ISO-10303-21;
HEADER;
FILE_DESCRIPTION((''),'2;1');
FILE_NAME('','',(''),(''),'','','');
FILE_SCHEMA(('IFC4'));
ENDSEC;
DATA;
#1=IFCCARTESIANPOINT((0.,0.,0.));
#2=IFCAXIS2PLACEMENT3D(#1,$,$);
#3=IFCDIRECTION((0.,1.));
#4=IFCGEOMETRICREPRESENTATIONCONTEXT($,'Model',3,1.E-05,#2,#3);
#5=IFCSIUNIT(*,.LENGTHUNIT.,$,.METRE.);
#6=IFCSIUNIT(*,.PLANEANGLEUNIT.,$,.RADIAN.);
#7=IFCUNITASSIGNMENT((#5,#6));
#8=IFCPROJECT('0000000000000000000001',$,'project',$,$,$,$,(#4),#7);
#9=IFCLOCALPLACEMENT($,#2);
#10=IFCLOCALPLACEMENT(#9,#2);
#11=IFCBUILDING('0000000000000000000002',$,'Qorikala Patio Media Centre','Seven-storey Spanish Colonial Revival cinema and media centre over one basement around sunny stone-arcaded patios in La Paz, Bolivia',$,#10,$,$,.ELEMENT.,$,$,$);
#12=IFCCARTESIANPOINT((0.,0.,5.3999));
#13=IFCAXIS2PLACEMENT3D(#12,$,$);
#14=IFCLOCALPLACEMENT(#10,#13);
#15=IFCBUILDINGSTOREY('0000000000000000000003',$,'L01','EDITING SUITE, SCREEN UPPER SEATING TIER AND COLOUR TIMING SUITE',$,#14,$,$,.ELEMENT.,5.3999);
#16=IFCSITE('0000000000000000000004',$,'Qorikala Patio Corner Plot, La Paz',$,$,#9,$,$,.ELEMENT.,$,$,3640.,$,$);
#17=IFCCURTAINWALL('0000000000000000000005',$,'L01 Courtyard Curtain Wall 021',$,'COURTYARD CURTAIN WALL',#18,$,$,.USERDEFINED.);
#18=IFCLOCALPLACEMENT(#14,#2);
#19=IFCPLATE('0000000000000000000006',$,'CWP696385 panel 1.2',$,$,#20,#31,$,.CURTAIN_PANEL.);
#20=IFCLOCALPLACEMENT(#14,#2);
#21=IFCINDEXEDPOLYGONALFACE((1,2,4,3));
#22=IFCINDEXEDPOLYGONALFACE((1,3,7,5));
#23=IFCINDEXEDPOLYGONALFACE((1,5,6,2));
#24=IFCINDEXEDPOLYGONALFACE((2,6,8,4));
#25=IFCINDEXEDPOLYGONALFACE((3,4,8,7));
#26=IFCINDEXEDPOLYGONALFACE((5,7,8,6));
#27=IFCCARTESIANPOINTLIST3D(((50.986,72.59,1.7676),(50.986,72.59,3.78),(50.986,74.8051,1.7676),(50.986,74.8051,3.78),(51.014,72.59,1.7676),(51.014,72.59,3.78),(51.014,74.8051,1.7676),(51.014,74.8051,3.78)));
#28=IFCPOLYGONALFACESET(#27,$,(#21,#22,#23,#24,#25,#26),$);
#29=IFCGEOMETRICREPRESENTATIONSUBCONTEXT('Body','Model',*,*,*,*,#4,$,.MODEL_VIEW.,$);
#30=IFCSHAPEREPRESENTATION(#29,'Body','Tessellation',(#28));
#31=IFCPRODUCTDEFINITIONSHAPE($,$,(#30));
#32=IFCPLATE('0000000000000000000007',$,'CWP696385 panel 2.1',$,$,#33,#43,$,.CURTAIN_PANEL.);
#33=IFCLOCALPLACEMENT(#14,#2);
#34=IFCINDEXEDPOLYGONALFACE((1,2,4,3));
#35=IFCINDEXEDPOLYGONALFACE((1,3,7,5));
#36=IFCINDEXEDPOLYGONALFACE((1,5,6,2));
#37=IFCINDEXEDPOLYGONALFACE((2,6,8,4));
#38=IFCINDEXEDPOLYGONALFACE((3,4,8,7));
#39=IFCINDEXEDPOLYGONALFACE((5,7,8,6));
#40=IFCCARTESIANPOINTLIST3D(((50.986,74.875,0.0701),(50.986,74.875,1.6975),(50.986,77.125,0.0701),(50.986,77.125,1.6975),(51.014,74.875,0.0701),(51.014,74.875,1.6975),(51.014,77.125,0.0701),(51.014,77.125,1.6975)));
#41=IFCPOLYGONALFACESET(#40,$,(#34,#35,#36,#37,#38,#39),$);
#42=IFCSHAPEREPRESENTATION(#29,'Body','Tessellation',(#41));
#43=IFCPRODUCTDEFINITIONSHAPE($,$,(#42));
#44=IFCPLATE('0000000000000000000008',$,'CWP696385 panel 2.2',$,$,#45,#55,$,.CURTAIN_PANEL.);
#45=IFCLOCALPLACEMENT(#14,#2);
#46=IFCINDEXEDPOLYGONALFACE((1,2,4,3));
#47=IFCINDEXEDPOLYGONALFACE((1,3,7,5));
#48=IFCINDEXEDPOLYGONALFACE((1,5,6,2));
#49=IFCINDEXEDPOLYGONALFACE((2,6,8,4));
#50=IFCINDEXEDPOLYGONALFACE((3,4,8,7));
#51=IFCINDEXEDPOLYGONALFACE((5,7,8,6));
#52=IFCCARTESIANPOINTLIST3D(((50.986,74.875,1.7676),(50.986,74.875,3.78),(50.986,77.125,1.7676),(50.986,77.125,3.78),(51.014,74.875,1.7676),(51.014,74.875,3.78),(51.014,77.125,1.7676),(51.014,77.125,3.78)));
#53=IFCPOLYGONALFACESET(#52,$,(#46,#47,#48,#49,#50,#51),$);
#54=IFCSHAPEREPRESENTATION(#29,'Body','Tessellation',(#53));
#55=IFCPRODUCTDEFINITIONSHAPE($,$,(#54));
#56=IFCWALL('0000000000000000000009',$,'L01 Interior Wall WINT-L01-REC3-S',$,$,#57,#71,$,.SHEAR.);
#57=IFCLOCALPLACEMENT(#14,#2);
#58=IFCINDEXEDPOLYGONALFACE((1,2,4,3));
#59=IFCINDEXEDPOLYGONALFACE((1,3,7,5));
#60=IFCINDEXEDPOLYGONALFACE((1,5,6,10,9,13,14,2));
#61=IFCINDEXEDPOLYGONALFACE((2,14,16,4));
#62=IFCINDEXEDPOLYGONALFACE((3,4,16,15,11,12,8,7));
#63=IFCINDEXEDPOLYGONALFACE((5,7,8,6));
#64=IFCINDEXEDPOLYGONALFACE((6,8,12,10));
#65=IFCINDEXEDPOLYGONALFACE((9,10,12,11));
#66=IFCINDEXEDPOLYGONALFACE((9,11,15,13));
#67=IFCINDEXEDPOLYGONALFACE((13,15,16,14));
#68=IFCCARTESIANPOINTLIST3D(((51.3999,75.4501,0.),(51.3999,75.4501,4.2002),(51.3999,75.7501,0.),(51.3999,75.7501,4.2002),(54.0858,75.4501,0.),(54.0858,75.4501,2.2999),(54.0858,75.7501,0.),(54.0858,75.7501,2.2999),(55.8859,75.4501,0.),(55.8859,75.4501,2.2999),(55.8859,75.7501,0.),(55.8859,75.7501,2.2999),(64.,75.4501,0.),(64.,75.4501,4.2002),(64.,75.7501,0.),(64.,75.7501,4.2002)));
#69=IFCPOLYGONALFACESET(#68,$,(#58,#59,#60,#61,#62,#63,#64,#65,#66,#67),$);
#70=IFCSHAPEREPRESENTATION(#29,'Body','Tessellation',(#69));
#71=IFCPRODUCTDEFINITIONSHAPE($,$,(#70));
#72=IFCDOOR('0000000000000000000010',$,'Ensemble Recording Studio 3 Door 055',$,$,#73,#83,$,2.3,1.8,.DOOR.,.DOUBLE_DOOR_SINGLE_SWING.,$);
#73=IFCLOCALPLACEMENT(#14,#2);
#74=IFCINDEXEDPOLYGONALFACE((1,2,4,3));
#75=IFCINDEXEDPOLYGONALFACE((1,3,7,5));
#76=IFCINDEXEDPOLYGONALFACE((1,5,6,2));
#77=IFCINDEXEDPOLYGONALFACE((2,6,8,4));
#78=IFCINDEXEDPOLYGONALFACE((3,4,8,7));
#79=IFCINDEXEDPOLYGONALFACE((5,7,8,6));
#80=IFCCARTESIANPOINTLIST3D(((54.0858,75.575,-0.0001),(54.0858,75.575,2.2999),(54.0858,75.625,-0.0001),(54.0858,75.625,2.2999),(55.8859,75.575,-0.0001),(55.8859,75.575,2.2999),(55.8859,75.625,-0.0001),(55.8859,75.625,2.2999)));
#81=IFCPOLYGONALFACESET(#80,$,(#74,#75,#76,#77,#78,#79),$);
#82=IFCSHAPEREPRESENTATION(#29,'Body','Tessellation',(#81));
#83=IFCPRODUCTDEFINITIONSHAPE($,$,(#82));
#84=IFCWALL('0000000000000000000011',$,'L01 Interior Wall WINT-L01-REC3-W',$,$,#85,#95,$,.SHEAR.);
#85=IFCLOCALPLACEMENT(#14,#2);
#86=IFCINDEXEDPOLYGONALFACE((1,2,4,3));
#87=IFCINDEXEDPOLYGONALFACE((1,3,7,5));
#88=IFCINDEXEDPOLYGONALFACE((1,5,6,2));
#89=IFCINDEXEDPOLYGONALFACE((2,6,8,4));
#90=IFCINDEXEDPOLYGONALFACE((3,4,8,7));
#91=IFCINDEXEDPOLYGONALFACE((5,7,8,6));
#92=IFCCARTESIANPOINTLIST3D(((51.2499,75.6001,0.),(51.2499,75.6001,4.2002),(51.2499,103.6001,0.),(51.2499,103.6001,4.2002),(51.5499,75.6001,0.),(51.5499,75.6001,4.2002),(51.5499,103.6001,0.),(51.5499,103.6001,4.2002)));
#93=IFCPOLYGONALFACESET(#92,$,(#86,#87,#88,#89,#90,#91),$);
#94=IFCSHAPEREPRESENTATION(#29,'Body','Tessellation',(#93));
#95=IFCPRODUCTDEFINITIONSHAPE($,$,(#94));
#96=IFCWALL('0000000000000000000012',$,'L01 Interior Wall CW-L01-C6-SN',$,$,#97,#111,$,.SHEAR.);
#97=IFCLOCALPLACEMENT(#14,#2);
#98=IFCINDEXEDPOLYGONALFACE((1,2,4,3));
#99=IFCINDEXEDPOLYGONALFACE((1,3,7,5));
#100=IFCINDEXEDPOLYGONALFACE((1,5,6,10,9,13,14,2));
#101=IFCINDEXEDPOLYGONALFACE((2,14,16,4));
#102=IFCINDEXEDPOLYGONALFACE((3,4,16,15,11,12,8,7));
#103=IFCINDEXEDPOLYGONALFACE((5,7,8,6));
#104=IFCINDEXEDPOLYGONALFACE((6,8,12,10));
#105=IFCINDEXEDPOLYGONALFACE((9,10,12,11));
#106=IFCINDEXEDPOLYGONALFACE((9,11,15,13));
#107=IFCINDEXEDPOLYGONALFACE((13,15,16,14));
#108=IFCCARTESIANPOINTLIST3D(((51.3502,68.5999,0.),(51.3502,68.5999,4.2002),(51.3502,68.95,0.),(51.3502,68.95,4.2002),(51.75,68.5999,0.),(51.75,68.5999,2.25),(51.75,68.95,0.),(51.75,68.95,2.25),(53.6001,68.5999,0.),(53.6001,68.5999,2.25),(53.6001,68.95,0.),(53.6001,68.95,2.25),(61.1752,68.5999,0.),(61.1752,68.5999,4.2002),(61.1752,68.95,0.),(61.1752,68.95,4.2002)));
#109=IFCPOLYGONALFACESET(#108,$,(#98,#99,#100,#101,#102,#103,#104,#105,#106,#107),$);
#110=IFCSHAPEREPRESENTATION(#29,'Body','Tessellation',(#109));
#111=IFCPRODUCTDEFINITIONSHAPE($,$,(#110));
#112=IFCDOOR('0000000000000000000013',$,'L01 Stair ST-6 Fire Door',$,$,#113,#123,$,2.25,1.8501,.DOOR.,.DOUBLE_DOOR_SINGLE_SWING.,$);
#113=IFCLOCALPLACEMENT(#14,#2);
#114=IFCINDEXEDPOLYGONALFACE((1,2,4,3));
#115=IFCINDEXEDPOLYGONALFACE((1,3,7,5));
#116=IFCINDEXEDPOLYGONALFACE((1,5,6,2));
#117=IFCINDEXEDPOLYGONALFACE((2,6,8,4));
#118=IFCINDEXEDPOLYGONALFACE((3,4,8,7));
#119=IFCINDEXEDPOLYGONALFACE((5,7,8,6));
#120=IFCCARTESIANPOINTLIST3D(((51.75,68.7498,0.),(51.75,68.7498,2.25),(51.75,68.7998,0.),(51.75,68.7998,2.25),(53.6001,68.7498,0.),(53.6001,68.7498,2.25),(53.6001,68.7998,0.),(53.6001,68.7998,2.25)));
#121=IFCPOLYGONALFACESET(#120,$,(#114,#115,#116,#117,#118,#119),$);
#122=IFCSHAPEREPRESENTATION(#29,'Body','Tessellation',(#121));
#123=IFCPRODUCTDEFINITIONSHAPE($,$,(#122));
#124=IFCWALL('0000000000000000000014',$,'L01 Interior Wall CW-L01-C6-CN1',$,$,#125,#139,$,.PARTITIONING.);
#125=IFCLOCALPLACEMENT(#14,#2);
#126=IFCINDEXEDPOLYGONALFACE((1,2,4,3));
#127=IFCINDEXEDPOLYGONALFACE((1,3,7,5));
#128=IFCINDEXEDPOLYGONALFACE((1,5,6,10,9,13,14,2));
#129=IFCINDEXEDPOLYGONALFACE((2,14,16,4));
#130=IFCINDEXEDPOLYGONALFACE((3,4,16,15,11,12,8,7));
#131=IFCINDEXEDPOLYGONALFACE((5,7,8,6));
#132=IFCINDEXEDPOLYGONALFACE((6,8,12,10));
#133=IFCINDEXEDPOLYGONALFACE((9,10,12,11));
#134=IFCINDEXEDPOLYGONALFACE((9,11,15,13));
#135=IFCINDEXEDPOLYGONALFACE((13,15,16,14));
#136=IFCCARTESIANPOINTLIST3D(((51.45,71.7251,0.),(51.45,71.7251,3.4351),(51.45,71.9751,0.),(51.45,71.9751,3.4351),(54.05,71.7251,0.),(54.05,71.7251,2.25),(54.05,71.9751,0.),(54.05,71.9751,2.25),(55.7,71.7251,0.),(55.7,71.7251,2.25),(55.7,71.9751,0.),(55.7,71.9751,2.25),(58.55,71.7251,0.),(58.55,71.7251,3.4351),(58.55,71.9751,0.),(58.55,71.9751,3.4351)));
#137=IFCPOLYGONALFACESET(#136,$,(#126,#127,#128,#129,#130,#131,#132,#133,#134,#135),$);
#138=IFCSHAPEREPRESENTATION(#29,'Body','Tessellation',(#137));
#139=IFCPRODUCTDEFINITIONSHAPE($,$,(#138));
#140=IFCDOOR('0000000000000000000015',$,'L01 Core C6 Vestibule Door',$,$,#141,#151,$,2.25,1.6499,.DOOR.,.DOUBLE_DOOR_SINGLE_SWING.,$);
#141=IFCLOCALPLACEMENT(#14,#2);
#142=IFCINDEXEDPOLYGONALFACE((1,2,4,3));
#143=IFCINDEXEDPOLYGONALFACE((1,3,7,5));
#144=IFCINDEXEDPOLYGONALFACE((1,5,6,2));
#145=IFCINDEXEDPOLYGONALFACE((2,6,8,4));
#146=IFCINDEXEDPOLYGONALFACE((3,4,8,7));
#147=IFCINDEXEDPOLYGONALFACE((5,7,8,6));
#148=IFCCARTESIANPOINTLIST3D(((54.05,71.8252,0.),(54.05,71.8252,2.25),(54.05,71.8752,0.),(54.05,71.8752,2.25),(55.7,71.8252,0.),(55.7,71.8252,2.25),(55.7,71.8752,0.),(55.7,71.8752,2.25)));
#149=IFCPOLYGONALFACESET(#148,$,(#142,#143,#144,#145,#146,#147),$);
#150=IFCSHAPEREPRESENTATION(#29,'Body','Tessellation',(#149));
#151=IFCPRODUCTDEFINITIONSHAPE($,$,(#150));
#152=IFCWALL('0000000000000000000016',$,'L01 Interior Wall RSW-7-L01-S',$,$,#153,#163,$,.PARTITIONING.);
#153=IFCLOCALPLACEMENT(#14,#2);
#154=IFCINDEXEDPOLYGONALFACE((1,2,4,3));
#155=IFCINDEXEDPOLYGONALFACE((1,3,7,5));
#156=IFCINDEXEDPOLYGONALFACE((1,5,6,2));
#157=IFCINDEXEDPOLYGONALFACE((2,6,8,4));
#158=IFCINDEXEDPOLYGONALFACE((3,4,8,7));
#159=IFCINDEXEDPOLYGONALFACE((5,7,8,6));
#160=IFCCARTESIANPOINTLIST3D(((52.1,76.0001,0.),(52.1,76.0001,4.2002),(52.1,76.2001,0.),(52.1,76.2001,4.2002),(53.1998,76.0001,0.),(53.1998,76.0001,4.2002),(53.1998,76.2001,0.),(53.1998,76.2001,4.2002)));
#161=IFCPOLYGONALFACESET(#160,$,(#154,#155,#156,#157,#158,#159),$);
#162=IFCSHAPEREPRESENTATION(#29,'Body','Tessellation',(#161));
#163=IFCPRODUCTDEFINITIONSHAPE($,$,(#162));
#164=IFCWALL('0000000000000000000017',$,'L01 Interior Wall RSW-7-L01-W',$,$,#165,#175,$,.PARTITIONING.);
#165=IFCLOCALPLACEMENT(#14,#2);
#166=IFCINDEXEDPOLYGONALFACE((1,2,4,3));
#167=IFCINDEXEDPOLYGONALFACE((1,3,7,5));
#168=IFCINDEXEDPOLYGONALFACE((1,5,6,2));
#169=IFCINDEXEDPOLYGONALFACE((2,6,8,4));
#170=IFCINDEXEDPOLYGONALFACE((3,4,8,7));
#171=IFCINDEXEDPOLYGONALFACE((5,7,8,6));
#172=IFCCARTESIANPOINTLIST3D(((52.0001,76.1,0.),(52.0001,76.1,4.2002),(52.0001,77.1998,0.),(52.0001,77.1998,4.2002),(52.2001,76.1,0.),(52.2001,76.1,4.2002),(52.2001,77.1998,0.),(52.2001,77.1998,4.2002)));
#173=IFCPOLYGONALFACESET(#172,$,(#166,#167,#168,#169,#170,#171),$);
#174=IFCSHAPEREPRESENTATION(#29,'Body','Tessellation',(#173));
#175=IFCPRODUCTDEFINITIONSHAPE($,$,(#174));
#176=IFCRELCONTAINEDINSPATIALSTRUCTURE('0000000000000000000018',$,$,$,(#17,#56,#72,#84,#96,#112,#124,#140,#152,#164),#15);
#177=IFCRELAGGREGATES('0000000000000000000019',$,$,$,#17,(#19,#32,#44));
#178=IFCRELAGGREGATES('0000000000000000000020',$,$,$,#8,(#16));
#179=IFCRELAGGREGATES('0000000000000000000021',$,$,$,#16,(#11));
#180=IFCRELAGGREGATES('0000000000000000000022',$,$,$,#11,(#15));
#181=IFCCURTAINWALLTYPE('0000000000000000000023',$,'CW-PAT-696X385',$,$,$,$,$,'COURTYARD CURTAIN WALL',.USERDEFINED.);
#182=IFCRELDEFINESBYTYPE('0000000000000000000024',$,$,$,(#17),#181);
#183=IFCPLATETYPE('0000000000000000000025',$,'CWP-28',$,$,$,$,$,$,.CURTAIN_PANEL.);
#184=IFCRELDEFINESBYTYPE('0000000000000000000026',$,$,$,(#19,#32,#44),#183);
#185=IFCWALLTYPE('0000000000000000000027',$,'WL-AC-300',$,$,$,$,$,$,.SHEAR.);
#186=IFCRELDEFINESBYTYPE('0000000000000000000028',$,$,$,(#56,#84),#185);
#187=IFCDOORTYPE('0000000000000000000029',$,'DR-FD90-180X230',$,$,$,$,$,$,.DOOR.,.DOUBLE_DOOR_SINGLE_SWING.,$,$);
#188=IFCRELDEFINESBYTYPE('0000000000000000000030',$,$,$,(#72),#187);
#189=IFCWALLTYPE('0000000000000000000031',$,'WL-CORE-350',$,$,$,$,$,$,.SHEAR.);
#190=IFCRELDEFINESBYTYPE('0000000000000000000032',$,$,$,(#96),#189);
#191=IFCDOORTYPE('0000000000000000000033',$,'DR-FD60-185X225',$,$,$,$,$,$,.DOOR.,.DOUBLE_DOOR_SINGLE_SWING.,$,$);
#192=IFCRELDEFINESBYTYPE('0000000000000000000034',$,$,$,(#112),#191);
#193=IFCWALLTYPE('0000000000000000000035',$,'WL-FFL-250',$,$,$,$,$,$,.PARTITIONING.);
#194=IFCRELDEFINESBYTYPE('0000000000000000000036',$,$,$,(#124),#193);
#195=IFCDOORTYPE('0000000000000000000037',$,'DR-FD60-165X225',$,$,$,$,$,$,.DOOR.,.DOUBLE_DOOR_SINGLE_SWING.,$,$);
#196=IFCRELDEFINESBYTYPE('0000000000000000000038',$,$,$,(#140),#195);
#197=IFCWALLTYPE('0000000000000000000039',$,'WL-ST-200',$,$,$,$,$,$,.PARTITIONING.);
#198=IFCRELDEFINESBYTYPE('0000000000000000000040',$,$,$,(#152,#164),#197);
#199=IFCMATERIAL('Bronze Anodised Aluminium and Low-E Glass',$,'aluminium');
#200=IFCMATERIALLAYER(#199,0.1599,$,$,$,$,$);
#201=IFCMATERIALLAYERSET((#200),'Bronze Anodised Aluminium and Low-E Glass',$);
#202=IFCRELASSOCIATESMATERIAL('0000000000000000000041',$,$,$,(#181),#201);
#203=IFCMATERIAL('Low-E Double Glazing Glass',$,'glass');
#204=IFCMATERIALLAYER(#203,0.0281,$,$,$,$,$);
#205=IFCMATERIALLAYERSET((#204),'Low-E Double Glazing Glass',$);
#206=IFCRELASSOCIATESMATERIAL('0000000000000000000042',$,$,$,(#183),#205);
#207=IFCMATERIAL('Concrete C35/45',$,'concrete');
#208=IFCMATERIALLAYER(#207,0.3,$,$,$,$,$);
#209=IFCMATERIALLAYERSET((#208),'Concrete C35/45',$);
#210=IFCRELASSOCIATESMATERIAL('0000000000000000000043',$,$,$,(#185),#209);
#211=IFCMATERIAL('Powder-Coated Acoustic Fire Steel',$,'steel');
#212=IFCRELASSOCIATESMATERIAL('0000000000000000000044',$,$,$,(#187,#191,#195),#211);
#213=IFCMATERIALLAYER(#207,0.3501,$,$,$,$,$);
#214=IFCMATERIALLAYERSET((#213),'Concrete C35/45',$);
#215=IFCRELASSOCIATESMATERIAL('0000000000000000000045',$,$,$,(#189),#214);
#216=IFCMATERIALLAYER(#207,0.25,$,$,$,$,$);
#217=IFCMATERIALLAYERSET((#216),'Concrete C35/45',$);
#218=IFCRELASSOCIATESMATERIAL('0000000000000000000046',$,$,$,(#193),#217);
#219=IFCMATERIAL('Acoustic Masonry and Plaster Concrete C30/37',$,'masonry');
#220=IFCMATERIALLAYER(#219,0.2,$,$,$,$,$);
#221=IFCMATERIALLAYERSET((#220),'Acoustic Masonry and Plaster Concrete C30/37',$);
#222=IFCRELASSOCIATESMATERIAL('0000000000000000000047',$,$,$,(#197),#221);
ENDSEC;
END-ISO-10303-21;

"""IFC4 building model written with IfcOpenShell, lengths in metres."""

from ifc_helpers import new_model, si_unit, direction, frame, frame_2d, origin, origin_2d, place, context, subcontext, project, spatial, rectangle, extrude, material, layer, layer_set, type_object, element, fill, aggregate, save


model = new_model("IFC4")

# Units and contexts
model_context = context("Model", 3, precision=1e-05, world=origin(), true_north=direction((0.0, 1.0)))
body_context = subcontext(model_context, "Body", "Model", "MODEL_VIEW")
ifc_project = project(units=[si_unit("LENGTHUNIT", "METRE"), si_unit("PLANEANGLEUNIT", "RADIAN")], contexts=[model_context])

# Site, building, storey
site_placement = place(None, origin())
site = spatial("IfcSite", under=ifc_project, at=site_placement, Name="Qorikala Patio Corner Plot, La Paz", CompositionType="ELEMENT", RefElevation=3640.0)
building_placement = place(site_placement, origin())
building = spatial("IfcBuilding", under=site, at=building_placement, Name="Qorikala Patio Media Centre", Description="Seven-storey Spanish Colonial Revival cinema and media centre over one basement around sunny stone-arcaded patios in La Paz, Bolivia", CompositionType="ELEMENT")
storey_placement = place(building_placement, frame((0.0, 0.0, 5.3999)))
storey = spatial("IfcBuildingStorey", under=building, at=storey_placement, Name="L01", Description="EDITING SUITE, SCREEN UPPER SEATING TIER AND COLOUR TIMING SUITE", CompositionType="ELEMENT", Elevation=5.3999)

# Shared definitions
ifc_material_1 = material(Name="Concrete C35/45", Category="concrete")

# Curtain wall
ifc_material_2 = material(Name="Bronze Anodised Aluminium and Low-E Glass", Category="aluminium")
ifc_layer_1 = layer(ifc_material_2, 0.1599)
ifc_layer_set_1 = layer_set([ifc_layer_1], Name="Bronze Anodised Aluminium and Low-E Glass")
curtain_wall_type = type_object("IfcCurtainWallType", Name="CW-PAT-696X385", ElementType="COURTYARD CURTAIN WALL", PredefinedType="USERDEFINED", material=ifc_layer_set_1)
curtain_wall_placement = place(storey_placement, origin())
curtain_wall = element("IfcCurtainWall", 1, at=curtain_wall_placement, inside=storey, type_object=curtain_wall_type, Name="L01 Courtyard Curtain Wall 021", ObjectType="COURTYARD CURTAIN WALL", PredefinedType="USERDEFINED")

# Plates
ifc_material_3 = material(Name="Low-E Double Glazing Glass", Category="glass")
ifc_layer_2 = layer(ifc_material_3, 0.0281)
ifc_layer_set_2 = layer_set([ifc_layer_2], Name="Low-E Double Glazing Glass")
plate_type = type_object("IfcPlateType", Name="CWP-28", PredefinedType="CURTAIN_PANEL", material=ifc_layer_set_2)
plate_1_placement = place(storey_placement, frame((51.0, 73.6975, 1.7676), z_axis=(0.0, 0.0, 1.0), x_axis=(0.0, 1.0, 0.0)))
plate_1 = element("IfcPlate", 2, at=plate_1_placement, type_object=plate_type, Name="CWP696385 panel 1.2", PredefinedType="CURTAIN_PANEL", context=body_context, shape_type="SweptSolid", body=[
    extrude(rectangle(XDim=2.2151, YDim=0.0281, at=origin_2d()), origin(), (0.0, 0.0, 1.0), 2.0125),
])
plate_2_placement = place(storey_placement, frame((51.0, 76.0, 0.0701), z_axis=(0.0, 0.0, 1.0), x_axis=(0.0, 1.0, 0.0)))
plate_2 = element("IfcPlate", 3, at=plate_2_placement, type_object=plate_type, Name="CWP696385 panel 2.1", PredefinedType="CURTAIN_PANEL", context=body_context, shape_type="SweptSolid", body=[
    extrude(rectangle(XDim=2.25, YDim=0.0281, at=origin_2d()), origin(), (0.0, 0.0, 1.0), 1.6274),
])
plate_3_placement = place(storey_placement, frame((51.0, 76.0, 1.7676), z_axis=(0.0, 0.0, 1.0), x_axis=(0.0, 1.0, 0.0)))
plate_3 = element("IfcPlate", 4, at=plate_3_placement, type_object=plate_type, Name="CWP696385 panel 2.2", PredefinedType="CURTAIN_PANEL", context=body_context, shape_type="SweptSolid", body=[
    extrude(rectangle(XDim=2.25, YDim=0.0281, at=origin_2d()), origin(), (0.0, 0.0, 1.0), 2.0125),
])
aggregate(curtain_wall, [plate_1, plate_2, plate_3])

# Wall, opening, door
ifc_layer_3 = layer(ifc_material_1, 0.3)
ifc_layer_set_3 = layer_set([ifc_layer_3], Name="Concrete C35/45")
wall_type_1 = type_object("IfcWallType", Name="WL-AC-300", PredefinedType="SHEAR", material=ifc_layer_set_3)
wall_1_placement = place(storey_placement, frame((51.3999, 75.6001, 0.0), z_axis=(0.0, 0.0, 1.0), x_axis=(1.0, 0.0, 0.0)))
wall_1 = element("IfcWall", 5, at=wall_1_placement, inside=storey, type_object=wall_type_1, Name="L01 Interior Wall WINT-L01-REC3-S", PredefinedType="SHEAR", context=body_context, shape_type="SweptSolid", body=[
    extrude(rectangle(XDim=12.6001, YDim=0.3, at=frame_2d((6.3, 0.0))), origin(), (0.0, 0.0, 1.0), 4.2002),
])
opening_1_placement = place(wall_1_placement, frame((2.686, 0.0, 0.0)))
opening_1 = element("IfcOpeningElement", 6, at=opening_1_placement, cuts=wall_1, PredefinedType="OPENING", context=body_context, shape_type="SweptSolid", body=[
    extrude(rectangle(XDim=1.8, YDim=2.3, at=frame_2d((0.8999, 1.1499))), frame((0.0, 0.1599, 0.0), z_axis=(0.0, -1.0, 0.0), x_axis=(1.0, 0.0, 0.0)), (0.0, 0.0, 1.0), 0.3201),
])
ifc_material_4 = material(Name="Powder-Coated Acoustic Fire Steel", Category="steel")
door_type_1 = type_object("IfcDoorType", Name="DR-FD90-180X230", OperationType="DOUBLE_DOOR_SINGLE_SWING", PredefinedType="DOOR", material=ifc_material_4)
door_1_placement = place(opening_1_placement, origin())
door_1 = element("IfcDoor", 7, at=door_1_placement, inside=storey, type_object=door_type_1, Name="Ensemble Recording Studio 3 Door 055", OperationType="DOUBLE_DOOR_SINGLE_SWING", OverallHeight=2.3, OverallWidth=1.8, PredefinedType="DOOR", context=body_context, shape_type="SweptSolid", body=[
    extrude(rectangle(XDim=1.8, YDim=2.3, at=frame_2d((0.8999, 1.1499))), frame((0.0, 0.0249, 0.0), z_axis=(0.0, -1.0, 0.0), x_axis=(1.0, 0.0, 0.0)), (0.0, 0.0, 1.0), 0.05),
])
fill(opening_1, door_1)

# Wall
wall_2_placement = place(storey_placement, frame((51.3999, 75.6001, 0.0), z_axis=(0.0, 0.0, 1.0), x_axis=(0.0, 1.0, 0.0)))
element("IfcWall", 8, at=wall_2_placement, inside=storey, type_object=wall_type_1, Name="L01 Interior Wall WINT-L01-REC3-W", PredefinedType="SHEAR", context=body_context, shape_type="SweptSolid", body=[
    extrude(rectangle(XDim=28.0, YDim=0.3, at=frame_2d((14.0, 0.0))), origin(), (0.0, 0.0, 1.0), 4.2002),
])

# Walls, openings, doors
ifc_layer_4 = layer(ifc_material_1, 0.3501)
ifc_layer_set_4 = layer_set([ifc_layer_4], Name="Concrete C35/45")
wall_type_2 = type_object("IfcWallType", Name="WL-CORE-350", PredefinedType="SHEAR", material=ifc_layer_set_4)
wall_3_placement = place(storey_placement, frame((51.3501, 68.7749, 0.0), z_axis=(0.0, 0.0, 1.0), x_axis=(1.0, 0.0, 0.0)))
wall_3 = element("IfcWall", 9, at=wall_3_placement, inside=storey, type_object=wall_type_2, Name="L01 Interior Wall CW-L01-C6-SN", PredefinedType="SHEAR", context=body_context, shape_type="SweptSolid", body=[
    extrude(rectangle(XDim=9.825, YDim=0.3501, at=frame_2d((4.9126, 0.0))), origin(), (0.0, 0.0, 1.0), 4.2002),
])
opening_2_placement = place(wall_3_placement, frame((0.3999, 0.0, 0.0)))
opening_2 = element("IfcOpeningElement", 10, at=opening_2_placement, cuts=wall_3, PredefinedType="OPENING", context=body_context, shape_type="SweptSolid", body=[
    extrude(rectangle(XDim=1.8501, YDim=2.25, at=frame_2d((0.925, 1.125))), frame((0.0, 0.1851, 0.0), z_axis=(0.0, -1.0, 0.0), x_axis=(1.0, 0.0, 0.0)), (0.0, 0.0, 1.0), 0.3701),
])
door_type_2 = type_object("IfcDoorType", Name="DR-FD60-185X225", OperationType="DOUBLE_DOOR_SINGLE_SWING", PredefinedType="DOOR", material=ifc_material_4)
door_2_placement = place(opening_2_placement, origin())
door_2 = element("IfcDoor", 11, at=door_2_placement, inside=storey, type_object=door_type_2, Name="L01 Stair ST-6 Fire Door", OperationType="DOUBLE_DOOR_SINGLE_SWING", OverallHeight=2.25, OverallWidth=1.8501, PredefinedType="DOOR", context=body_context, shape_type="SweptSolid", body=[
    extrude(rectangle(XDim=1.8501, YDim=2.25, at=frame_2d((0.925, 1.125))), frame((0.0, 0.0249, 0.0), z_axis=(0.0, -1.0, 0.0), x_axis=(1.0, 0.0, 0.0)), (0.0, 0.0, 1.0), 0.05),
])
fill(opening_2, door_2)
ifc_layer_5 = layer(ifc_material_1, 0.25)
ifc_layer_set_5 = layer_set([ifc_layer_5], Name="Concrete C35/45")
wall_type_3 = type_object("IfcWallType", Name="WL-FFL-250", PredefinedType="PARTITIONING", material=ifc_layer_set_5)
wall_4_placement = place(storey_placement, frame((51.45, 71.8501, 0.0), z_axis=(0.0, 0.0, 1.0), x_axis=(1.0, 0.0, 0.0)))
wall_4 = element("IfcWall", 12, at=wall_4_placement, inside=storey, type_object=wall_type_3, Name="L01 Interior Wall CW-L01-C6-CN1", PredefinedType="PARTITIONING", context=body_context, shape_type="SweptSolid", body=[
    extrude(rectangle(XDim=7.1001, YDim=0.25, at=frame_2d((3.55, 0.0))), origin(), (0.0, 0.0, 1.0), 3.4351),
])
opening_3_placement = place(wall_4_placement, frame((2.6001, 0.0, 0.0)))
opening_3 = element("IfcOpeningElement", 13, at=opening_3_placement, cuts=wall_4, PredefinedType="OPENING", context=body_context, shape_type="SweptSolid", body=[
    extrude(rectangle(XDim=1.6499, YDim=2.25, at=frame_2d((0.825, 1.125))), frame((0.0, 0.135, 0.0), z_axis=(0.0, -1.0, 0.0), x_axis=(1.0, 0.0, 0.0)), (0.0, 0.0, 1.0), 0.27),
])
door_type_3 = type_object("IfcDoorType", Name="DR-FD60-165X225", OperationType="DOUBLE_DOOR_SINGLE_SWING", PredefinedType="DOOR", material=ifc_material_4)
door_3_placement = place(opening_3_placement, frame((1.6499, 0.0, 0.0), z_axis=(0.0, 0.0, 1.0), x_axis=(-1.0, 0.0, 0.0)))
door_3 = element("IfcDoor", 14, at=door_3_placement, inside=storey, type_object=door_type_3, Name="L01 Core C6 Vestibule Door", OperationType="DOUBLE_DOOR_SINGLE_SWING", OverallHeight=2.25, OverallWidth=1.6499, PredefinedType="DOOR", context=body_context, shape_type="SweptSolid", body=[
    extrude(rectangle(XDim=1.6499, YDim=2.25, at=frame_2d((0.825, 1.125))), frame((0.0, 0.0249, 0.0), z_axis=(0.0, -1.0, 0.0), x_axis=(1.0, 0.0, 0.0)), (0.0, 0.0, 1.0), 0.05),
])
fill(opening_3, door_3)

# Walls
ifc_material_5 = material(Name="Acoustic Masonry and Plaster Concrete C30/37", Category="masonry")
ifc_layer_6 = layer(ifc_material_5, 0.2)
ifc_layer_set_6 = layer_set([ifc_layer_6], Name="Acoustic Masonry and Plaster Concrete C30/37")
wall_type_4 = type_object("IfcWallType", Name="WL-ST-200", PredefinedType="PARTITIONING", material=ifc_layer_set_6)
for number, where, z_axis, x_axis, name in (
    (15, (52.1001, 76.1001, 0.0), (0.0, 0.0, 1.0), (1.0, 0.0, 0.0), "L01 Interior Wall RSW-7-L01-S"),
    (16, (52.1001, 76.1001, 0.0), (0.0, 0.0, 1.0), (0.0, 1.0, 0.0), "L01 Interior Wall RSW-7-L01-W"),
):
    element("IfcWall", number, at=place(storey_placement, frame(where, z_axis=z_axis, x_axis=x_axis)), inside=storey, type_object=wall_type_4, Name=name, PredefinedType="PARTITIONING", context=body_context, shape_type="SweptSolid", body=[
        extrude(rectangle(XDim=1.0999, YDim=0.2, at=frame_2d((0.5498, 0.0))), origin(), (0.0, 0.0, 1.0), 4.2002),
    ])

save(model, "model.ifc")
